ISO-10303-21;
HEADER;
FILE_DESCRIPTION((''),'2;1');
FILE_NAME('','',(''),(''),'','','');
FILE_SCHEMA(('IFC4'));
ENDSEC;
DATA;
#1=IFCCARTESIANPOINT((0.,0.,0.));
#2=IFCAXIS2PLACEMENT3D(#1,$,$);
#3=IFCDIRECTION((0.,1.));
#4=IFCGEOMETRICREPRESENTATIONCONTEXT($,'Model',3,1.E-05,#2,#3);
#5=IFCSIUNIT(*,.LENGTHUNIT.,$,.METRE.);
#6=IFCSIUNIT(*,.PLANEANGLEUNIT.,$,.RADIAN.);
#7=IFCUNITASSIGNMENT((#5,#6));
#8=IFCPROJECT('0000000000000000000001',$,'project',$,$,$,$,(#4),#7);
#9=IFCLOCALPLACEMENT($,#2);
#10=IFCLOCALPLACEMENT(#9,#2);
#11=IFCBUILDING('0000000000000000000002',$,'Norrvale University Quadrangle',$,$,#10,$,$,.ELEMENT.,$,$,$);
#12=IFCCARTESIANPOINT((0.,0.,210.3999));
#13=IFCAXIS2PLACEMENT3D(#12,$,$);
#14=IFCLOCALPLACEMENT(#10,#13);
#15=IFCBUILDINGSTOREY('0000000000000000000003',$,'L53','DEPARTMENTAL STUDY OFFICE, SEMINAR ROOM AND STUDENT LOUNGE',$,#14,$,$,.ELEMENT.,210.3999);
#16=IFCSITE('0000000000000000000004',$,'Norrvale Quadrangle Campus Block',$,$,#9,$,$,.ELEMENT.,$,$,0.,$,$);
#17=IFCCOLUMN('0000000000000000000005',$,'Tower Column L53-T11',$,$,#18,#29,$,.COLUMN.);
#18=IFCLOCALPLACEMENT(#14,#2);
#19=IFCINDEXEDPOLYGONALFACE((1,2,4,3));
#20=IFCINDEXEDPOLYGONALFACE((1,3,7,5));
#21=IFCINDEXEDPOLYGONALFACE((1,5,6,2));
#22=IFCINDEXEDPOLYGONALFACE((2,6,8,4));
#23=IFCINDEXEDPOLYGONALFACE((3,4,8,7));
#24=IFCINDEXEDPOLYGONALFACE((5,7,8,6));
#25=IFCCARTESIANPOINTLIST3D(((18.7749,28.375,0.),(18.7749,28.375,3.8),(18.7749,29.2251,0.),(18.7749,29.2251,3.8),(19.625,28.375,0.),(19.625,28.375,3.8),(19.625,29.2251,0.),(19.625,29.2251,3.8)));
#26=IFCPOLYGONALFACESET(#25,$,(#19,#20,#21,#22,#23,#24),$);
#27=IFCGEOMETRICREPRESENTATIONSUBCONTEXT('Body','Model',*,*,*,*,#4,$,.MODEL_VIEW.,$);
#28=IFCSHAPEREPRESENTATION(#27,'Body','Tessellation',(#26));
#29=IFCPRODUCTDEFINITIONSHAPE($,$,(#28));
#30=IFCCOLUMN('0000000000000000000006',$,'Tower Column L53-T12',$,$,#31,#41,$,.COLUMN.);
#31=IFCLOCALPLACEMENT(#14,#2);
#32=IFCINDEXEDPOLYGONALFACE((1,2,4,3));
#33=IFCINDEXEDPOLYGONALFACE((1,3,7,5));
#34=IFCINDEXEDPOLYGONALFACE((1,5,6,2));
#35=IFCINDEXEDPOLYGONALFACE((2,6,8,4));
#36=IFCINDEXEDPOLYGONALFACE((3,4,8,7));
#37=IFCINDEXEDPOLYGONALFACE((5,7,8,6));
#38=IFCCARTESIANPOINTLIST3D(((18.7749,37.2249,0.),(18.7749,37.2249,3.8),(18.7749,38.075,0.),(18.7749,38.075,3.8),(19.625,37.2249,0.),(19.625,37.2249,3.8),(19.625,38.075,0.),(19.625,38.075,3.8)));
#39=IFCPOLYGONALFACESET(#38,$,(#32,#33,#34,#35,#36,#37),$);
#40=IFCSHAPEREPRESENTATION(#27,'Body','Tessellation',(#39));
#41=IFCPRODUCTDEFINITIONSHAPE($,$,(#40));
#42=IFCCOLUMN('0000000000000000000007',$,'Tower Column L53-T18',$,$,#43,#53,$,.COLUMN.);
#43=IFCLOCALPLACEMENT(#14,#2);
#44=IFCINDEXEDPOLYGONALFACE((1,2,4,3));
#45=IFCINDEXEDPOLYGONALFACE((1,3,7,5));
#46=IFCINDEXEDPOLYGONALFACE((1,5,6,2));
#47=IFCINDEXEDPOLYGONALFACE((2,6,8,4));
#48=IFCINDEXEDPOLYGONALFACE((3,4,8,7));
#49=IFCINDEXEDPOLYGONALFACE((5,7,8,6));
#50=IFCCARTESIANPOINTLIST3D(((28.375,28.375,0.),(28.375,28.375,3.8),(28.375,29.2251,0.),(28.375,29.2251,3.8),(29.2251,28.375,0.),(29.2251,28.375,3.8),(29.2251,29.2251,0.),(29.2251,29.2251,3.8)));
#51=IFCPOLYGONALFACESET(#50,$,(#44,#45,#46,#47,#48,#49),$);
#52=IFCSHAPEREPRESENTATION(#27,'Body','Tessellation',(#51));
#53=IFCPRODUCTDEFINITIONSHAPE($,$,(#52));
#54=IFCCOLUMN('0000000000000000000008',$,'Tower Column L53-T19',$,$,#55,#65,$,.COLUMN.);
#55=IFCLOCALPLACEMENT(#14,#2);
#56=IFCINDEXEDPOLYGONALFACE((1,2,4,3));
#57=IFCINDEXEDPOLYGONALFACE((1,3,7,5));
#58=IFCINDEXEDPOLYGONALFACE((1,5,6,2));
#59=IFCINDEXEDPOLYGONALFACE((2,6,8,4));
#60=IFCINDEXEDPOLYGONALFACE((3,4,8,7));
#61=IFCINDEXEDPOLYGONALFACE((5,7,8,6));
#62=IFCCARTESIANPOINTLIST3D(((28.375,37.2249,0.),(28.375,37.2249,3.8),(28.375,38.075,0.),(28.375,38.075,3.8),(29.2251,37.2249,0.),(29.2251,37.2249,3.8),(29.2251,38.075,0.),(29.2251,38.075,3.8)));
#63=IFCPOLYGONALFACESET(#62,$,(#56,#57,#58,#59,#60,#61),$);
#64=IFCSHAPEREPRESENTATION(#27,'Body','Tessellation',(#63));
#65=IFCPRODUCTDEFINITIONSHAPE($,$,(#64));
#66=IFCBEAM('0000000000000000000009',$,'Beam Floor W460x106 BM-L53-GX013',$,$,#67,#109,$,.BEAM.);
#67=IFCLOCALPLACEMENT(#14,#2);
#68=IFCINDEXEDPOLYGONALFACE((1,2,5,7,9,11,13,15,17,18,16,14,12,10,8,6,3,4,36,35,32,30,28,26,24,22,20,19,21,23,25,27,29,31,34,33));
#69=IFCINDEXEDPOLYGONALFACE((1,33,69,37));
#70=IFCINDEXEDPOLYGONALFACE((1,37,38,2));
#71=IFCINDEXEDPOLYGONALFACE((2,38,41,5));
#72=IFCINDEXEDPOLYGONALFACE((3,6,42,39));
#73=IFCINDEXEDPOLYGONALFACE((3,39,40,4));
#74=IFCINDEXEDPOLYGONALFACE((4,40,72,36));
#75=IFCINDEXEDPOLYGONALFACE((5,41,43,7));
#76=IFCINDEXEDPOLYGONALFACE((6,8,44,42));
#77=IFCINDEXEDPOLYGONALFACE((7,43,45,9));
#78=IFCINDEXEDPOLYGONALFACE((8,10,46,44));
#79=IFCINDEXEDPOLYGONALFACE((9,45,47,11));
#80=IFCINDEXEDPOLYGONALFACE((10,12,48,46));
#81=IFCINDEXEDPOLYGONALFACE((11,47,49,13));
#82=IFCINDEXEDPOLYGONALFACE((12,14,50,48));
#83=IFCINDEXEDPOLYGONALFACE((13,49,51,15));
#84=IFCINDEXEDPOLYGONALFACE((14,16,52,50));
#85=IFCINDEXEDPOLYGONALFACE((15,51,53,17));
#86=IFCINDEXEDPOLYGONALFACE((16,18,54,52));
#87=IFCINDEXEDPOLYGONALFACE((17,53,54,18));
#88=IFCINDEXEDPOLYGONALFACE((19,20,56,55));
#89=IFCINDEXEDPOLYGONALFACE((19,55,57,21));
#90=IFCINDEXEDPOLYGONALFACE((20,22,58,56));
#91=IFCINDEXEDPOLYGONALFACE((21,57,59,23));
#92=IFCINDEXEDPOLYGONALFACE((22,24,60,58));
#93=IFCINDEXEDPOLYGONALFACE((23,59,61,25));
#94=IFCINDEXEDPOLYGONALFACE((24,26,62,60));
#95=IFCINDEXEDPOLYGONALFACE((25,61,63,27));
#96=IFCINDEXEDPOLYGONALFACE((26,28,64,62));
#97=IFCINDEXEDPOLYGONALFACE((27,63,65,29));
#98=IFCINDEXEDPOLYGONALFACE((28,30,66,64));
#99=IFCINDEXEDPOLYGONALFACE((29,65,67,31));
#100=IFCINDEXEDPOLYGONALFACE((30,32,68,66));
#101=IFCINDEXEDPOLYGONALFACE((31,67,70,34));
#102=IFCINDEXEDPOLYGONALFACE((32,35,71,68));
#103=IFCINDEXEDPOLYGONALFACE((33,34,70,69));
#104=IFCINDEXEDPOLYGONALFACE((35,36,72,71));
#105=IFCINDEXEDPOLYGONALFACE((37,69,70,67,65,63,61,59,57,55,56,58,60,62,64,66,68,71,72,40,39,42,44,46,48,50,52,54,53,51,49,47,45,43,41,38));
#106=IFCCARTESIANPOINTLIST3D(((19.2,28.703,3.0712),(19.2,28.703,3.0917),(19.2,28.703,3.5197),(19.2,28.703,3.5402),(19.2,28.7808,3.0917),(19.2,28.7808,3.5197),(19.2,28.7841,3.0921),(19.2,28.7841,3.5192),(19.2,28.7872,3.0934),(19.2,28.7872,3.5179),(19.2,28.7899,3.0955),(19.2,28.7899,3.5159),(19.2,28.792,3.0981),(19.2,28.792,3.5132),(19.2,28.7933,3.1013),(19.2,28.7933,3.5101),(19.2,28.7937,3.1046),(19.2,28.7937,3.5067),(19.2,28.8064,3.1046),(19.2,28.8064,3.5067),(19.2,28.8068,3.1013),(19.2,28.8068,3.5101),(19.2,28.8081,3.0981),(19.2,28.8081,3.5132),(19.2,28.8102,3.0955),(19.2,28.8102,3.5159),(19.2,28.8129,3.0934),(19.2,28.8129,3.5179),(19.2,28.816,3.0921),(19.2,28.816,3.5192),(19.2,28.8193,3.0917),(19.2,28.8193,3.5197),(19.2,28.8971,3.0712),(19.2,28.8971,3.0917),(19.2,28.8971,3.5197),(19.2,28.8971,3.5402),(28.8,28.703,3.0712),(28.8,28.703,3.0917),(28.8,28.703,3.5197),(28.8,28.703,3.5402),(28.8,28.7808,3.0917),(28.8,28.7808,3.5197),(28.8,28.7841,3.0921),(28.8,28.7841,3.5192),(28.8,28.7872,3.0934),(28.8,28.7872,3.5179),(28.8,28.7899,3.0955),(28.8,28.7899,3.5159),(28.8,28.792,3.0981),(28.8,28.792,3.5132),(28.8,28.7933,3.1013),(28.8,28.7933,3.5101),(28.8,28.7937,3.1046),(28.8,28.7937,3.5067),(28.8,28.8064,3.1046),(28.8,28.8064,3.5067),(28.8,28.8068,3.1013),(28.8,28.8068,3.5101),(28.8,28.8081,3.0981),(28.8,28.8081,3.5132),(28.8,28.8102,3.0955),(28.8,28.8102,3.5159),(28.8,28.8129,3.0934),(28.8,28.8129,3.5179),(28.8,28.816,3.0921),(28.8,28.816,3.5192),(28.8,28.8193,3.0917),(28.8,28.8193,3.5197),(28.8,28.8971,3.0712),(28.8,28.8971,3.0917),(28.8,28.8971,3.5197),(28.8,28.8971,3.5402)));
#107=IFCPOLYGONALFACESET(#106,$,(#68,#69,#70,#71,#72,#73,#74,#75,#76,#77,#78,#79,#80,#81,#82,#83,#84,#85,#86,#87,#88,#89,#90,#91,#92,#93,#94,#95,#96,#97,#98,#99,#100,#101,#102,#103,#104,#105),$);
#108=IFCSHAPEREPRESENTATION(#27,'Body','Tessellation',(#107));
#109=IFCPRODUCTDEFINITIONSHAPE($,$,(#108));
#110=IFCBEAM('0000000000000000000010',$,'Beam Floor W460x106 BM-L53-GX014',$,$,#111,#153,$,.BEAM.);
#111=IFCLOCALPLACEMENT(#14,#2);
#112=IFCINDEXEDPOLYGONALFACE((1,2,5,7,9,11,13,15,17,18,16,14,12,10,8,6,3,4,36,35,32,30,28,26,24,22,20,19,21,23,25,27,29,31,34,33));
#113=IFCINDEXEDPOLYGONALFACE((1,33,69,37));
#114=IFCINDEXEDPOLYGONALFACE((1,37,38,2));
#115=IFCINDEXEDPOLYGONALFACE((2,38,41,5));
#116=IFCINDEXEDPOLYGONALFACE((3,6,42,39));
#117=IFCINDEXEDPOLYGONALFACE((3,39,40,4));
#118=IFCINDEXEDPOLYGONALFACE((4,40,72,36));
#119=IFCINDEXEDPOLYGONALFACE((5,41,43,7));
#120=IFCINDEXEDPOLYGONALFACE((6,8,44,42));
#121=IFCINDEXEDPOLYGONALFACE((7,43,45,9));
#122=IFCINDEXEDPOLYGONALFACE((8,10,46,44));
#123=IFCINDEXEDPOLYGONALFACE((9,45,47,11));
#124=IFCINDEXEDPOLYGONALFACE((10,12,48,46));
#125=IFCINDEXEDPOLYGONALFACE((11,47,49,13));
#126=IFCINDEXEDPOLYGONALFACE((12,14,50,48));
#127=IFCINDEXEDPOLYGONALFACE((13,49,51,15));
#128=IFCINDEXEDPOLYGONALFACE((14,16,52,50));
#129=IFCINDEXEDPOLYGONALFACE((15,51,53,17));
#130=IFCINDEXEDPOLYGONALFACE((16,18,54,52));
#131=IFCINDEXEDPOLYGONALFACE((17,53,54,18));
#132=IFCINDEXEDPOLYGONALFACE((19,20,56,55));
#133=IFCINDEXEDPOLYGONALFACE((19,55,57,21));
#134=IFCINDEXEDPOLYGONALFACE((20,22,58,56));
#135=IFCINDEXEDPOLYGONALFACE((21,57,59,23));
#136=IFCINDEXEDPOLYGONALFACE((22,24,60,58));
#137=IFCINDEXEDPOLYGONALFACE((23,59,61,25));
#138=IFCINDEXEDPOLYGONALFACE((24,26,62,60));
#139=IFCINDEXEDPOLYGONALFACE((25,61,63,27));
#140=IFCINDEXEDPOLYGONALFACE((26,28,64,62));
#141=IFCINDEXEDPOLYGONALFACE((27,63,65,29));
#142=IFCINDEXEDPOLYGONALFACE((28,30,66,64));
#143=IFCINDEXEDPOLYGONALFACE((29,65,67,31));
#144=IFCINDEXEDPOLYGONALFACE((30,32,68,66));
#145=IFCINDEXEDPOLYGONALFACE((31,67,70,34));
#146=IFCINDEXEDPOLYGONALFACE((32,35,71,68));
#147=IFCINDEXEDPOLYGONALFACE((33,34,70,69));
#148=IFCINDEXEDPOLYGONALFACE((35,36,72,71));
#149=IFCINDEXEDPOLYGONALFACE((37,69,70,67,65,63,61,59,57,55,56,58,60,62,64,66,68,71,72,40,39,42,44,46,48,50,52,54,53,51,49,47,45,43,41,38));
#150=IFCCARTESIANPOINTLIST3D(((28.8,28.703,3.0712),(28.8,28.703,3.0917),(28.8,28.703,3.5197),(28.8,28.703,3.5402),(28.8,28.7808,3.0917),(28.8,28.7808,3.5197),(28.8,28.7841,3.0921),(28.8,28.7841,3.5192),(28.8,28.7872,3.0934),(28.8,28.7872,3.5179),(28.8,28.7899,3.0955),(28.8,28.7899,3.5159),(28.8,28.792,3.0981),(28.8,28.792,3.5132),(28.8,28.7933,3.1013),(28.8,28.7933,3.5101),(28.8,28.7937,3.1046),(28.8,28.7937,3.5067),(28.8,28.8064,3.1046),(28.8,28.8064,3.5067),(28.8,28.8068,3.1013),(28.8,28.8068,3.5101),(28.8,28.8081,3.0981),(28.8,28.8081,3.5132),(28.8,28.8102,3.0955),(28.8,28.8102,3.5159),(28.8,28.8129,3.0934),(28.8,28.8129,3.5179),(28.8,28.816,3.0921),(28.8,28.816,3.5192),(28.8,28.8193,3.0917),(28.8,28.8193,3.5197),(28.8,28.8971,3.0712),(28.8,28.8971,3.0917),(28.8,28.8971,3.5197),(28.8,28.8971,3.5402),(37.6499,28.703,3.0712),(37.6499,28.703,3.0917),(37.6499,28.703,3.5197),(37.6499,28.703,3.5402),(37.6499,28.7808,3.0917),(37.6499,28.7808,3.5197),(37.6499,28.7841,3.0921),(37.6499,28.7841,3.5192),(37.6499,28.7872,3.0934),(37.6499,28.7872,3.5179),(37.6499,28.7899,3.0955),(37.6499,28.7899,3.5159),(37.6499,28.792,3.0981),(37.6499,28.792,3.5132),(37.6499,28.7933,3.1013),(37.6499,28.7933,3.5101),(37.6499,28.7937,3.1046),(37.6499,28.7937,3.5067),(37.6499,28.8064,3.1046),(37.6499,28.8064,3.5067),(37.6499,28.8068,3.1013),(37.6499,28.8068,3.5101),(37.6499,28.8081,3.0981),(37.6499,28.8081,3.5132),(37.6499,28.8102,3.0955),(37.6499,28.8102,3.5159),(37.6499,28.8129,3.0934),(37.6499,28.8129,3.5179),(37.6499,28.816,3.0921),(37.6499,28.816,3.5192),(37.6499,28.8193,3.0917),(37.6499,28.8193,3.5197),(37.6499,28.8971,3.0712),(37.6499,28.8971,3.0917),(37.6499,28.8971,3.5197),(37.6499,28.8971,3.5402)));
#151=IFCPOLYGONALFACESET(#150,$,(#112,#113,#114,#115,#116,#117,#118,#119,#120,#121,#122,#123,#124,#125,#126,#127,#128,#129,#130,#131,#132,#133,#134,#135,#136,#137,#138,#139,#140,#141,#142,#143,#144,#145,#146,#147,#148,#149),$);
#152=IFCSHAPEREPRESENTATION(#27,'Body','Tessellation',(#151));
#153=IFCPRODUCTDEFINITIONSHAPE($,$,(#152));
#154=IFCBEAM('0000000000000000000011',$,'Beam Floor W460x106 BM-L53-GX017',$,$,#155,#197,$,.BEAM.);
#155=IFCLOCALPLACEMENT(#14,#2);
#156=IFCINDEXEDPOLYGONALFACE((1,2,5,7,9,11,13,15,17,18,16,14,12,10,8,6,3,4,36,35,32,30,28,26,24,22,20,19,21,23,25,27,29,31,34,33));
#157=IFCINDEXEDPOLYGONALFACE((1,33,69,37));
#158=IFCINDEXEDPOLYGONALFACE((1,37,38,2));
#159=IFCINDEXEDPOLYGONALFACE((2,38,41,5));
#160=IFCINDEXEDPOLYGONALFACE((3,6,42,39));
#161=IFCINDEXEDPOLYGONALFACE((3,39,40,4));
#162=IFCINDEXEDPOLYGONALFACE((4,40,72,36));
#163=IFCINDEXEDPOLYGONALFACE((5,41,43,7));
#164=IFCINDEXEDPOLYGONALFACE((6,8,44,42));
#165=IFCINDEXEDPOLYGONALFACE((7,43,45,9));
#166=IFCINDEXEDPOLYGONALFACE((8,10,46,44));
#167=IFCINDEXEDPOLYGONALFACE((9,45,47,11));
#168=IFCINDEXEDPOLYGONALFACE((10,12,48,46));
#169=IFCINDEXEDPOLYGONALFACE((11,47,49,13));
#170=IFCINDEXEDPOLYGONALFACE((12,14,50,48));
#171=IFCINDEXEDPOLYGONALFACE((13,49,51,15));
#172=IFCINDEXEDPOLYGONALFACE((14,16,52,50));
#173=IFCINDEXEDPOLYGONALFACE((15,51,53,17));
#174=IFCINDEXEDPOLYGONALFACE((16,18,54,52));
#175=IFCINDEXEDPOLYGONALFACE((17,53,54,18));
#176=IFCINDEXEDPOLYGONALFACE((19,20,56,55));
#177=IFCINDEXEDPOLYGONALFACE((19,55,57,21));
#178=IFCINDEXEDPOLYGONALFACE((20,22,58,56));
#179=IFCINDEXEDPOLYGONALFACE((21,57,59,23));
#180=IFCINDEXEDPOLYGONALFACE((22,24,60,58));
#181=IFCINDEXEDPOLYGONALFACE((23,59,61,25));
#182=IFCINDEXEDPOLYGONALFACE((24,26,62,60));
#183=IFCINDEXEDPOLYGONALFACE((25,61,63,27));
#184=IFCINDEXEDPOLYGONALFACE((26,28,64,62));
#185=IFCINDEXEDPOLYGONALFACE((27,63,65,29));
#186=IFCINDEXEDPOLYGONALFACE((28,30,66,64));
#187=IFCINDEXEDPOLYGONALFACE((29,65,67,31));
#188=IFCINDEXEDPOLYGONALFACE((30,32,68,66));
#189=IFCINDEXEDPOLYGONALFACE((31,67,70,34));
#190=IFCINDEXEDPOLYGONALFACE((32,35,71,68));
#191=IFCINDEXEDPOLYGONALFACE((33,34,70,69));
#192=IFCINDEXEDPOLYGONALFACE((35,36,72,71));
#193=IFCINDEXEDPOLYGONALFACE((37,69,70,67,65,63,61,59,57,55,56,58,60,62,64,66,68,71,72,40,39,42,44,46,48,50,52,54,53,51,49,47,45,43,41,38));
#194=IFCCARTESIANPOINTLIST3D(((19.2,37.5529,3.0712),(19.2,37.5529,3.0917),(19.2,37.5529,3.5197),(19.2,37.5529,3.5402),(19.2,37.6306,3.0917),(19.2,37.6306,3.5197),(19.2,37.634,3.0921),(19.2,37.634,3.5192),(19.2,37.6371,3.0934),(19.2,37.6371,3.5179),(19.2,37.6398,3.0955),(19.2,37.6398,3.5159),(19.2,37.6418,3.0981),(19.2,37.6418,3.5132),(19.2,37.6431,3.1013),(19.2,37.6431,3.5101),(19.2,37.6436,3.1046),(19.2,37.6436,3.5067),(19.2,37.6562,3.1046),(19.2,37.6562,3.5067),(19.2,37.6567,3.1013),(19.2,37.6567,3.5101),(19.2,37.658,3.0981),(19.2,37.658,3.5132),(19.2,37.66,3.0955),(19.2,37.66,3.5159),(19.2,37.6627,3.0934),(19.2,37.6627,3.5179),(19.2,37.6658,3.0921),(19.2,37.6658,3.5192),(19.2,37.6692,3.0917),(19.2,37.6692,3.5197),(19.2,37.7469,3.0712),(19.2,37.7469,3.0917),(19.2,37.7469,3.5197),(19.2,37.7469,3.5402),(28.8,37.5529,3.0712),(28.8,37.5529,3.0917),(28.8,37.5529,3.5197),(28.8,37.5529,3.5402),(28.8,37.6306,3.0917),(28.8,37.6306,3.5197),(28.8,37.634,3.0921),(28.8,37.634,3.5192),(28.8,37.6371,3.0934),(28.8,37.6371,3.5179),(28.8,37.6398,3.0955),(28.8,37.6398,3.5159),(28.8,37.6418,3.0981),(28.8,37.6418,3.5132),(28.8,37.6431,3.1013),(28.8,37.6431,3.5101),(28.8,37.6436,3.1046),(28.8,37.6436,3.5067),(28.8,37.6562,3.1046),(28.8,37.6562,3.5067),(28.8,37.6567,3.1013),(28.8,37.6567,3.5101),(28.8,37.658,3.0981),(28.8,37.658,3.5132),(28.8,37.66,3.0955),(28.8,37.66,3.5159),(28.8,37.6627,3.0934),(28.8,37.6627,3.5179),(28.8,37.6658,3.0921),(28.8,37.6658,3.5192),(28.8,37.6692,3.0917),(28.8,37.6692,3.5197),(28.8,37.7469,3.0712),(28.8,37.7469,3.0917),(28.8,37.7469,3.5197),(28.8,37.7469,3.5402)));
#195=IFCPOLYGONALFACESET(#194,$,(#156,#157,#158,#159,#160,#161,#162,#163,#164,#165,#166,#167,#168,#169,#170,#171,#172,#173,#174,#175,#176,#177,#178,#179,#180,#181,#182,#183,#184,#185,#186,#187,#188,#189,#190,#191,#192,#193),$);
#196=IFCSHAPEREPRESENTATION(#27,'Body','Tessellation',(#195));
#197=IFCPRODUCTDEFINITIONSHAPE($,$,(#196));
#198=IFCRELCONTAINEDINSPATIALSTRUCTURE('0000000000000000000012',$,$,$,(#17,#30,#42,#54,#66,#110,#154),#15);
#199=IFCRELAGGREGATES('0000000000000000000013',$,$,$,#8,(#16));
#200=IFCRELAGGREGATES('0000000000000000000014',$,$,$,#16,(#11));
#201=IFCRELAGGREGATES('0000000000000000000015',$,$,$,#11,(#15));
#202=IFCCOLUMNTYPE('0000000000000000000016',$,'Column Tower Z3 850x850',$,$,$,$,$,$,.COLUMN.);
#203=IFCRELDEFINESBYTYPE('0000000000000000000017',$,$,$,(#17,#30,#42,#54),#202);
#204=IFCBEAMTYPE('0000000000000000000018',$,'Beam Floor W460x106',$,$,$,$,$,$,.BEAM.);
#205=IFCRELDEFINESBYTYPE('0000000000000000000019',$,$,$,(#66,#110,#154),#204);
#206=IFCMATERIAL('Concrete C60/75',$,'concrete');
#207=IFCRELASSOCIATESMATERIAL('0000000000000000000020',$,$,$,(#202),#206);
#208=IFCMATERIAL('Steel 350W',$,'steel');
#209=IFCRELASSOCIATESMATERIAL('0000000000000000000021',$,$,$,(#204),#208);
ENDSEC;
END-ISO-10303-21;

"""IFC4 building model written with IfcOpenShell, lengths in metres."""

from ifc_helpers import new_model, si_unit, direction, frame, origin, origin_2d, place, context, subcontext, project, spatial, rectangle, i_section, extrude, material, material_profile, profile_set, type_object, element, save


model = new_model("IFC4")

# Units and contexts
model_context = context("Model", 3, precision=1e-05, world=origin(), true_north=direction((0.0, 1.0)))
body_context = subcontext(model_context, "Body", "Model", "MODEL_VIEW")
ifc_project = project(units=[si_unit("LENGTHUNIT", "METRE"), si_unit("PLANEANGLEUNIT", "RADIAN")], contexts=[model_context])

# Site, building, storey
site_placement = place(None, origin())
site = spatial("IfcSite", under=ifc_project, at=site_placement, Name="Norrvale Quadrangle Campus Block", CompositionType="ELEMENT", RefElevation=0.0)
building_placement = place(site_placement, origin())
building = spatial("IfcBuilding", under=site, at=building_placement, Name="Norrvale University Quadrangle", CompositionType="ELEMENT")
storey_placement = place(building_placement, frame((0.0, 0.0, 210.3999)))
storey = spatial("IfcBuildingStorey", under=building, at=storey_placement, Name="L53", Description="DEPARTMENTAL STUDY OFFICE, SEMINAR ROOM AND STUDENT LOUNGE", CompositionType="ELEMENT", Elevation=210.3999)

# Columns
ifc_material_1 = material(Name="Concrete C60/75", Category="concrete")
ifc_material_profile_1 = material_profile(ifc_material_1, rectangle(XDim=0.8501, YDim=0.8501, at=origin_2d()), Name="Concrete C60/75")
ifc_profile_set_1 = profile_set([ifc_material_profile_1], Name="Concrete C60/75")
column_type = type_object("IfcColumnType", Name="Column Tower Z3 850x850", PredefinedType="COLUMN", material=ifc_profile_set_1)
for number, where, z_axis, x_axis, name in (
    (1, (19.2, 28.8, 0.0), (0.0, 0.0, 1.0), (1.0, 0.0, 0.0), "Tower Column L53-T11"),
    (2, (19.2, 37.6499, 0.0), (0.0, 0.0, 1.0), (1.0, 0.0, 0.0), "Tower Column L53-T12"),
    (3, (28.8, 28.8, 0.0), (0.0, 0.0, 1.0), (1.0, 0.0, 0.0), "Tower Column L53-T18"),
    (4, (28.8, 37.6499, 0.0), (0.0, 0.0, 1.0), (1.0, 0.0, 0.0), "Tower Column L53-T19"),
):
    element("IfcColumn", number, at=place(storey_placement, frame(where, z_axis=z_axis, x_axis=x_axis)), inside=storey, type_object=column_type, Name=name, PredefinedType="COLUMN", context=body_context, shape_type="SweptSolid", body=[
        extrude(rectangle(XDim=0.8501, YDim=0.8501, at=origin_2d()), origin(), (0.0, 0.0, 1.0), 3.8),
    ])

# Beams
ifc_material_2 = material(Name="Steel 350W", Category="steel")
ifc_material_profile_2 = material_profile(ifc_material_2, i_section(OverallWidth=0.1941, OverallDepth=0.469, WebThickness=0.0127, FlangeThickness=0.0205, FilletRadius=0.0129, at=origin_2d()), Name="Steel 350W")
ifc_profile_set_2 = profile_set([ifc_material_profile_2], Name="Steel 350W")
beam_type_1 = type_object("IfcBeamType", Name="Beam Floor W460x106", PredefinedType="BEAM", material=ifc_profile_set_2)
beam_1_placement = place(storey_placement, frame((19.2, 28.8, 3.3057), z_axis=(1.0, 0.0, 0.0), x_axis=(0.0, 1.0, 0.0)))
element("IfcBeam", 5, at=beam_1_placement, inside=storey, type_object=beam_type_1, Name="Beam Floor W460x106 BM-L53-GX013", PredefinedType="BEAM", context=body_context, shape_type="SweptSolid", body=[
    extrude(i_section(OverallWidth=0.1941, OverallDepth=0.469, WebThickness=0.0127, FlangeThickness=0.0205, FilletRadius=0.0129, at=origin_2d()), origin(), (0.0, 0.0, 1.0), 9.6001),
])
beam_2_placement = place(storey_placement, frame((28.8, 28.8, 3.3057), z_axis=(1.0, 0.0, 0.0), x_axis=(0.0, 1.0, 0.0)))
element("IfcBeam", 6, at=beam_2_placement, inside=storey, type_object=beam_type_1, Name="Beam Floor W460x106 BM-L53-GX014", PredefinedType="BEAM", context=body_context, shape_type="SweptSolid", body=[
    extrude(i_section(OverallWidth=0.1941, OverallDepth=0.469, WebThickness=0.0127, FlangeThickness=0.0205, FilletRadius=0.0129, at=origin_2d()), origin(), (0.0, 0.0, 1.0), 8.8499),
])
beam_3_placement = place(storey_placement, frame((19.2, 37.6499, 3.3057), z_axis=(1.0, 0.0, 0.0), x_axis=(0.0, 1.0, 0.0)))
element("IfcBeam", 7, at=beam_3_placement, inside=storey, type_object=beam_type_1, Name="Beam Floor W460x106 BM-L53-GX017", PredefinedType="BEAM", context=body_context, shape_type="SweptSolid", body=[
    extrude(i_section(OverallWidth=0.1941, OverallDepth=0.469, WebThickness=0.0127, FlangeThickness=0.0205, FilletRadius=0.0129, at=origin_2d()), origin(), (0.0, 0.0, 1.0), 9.6001),
])

save(model, "model.ifc")
